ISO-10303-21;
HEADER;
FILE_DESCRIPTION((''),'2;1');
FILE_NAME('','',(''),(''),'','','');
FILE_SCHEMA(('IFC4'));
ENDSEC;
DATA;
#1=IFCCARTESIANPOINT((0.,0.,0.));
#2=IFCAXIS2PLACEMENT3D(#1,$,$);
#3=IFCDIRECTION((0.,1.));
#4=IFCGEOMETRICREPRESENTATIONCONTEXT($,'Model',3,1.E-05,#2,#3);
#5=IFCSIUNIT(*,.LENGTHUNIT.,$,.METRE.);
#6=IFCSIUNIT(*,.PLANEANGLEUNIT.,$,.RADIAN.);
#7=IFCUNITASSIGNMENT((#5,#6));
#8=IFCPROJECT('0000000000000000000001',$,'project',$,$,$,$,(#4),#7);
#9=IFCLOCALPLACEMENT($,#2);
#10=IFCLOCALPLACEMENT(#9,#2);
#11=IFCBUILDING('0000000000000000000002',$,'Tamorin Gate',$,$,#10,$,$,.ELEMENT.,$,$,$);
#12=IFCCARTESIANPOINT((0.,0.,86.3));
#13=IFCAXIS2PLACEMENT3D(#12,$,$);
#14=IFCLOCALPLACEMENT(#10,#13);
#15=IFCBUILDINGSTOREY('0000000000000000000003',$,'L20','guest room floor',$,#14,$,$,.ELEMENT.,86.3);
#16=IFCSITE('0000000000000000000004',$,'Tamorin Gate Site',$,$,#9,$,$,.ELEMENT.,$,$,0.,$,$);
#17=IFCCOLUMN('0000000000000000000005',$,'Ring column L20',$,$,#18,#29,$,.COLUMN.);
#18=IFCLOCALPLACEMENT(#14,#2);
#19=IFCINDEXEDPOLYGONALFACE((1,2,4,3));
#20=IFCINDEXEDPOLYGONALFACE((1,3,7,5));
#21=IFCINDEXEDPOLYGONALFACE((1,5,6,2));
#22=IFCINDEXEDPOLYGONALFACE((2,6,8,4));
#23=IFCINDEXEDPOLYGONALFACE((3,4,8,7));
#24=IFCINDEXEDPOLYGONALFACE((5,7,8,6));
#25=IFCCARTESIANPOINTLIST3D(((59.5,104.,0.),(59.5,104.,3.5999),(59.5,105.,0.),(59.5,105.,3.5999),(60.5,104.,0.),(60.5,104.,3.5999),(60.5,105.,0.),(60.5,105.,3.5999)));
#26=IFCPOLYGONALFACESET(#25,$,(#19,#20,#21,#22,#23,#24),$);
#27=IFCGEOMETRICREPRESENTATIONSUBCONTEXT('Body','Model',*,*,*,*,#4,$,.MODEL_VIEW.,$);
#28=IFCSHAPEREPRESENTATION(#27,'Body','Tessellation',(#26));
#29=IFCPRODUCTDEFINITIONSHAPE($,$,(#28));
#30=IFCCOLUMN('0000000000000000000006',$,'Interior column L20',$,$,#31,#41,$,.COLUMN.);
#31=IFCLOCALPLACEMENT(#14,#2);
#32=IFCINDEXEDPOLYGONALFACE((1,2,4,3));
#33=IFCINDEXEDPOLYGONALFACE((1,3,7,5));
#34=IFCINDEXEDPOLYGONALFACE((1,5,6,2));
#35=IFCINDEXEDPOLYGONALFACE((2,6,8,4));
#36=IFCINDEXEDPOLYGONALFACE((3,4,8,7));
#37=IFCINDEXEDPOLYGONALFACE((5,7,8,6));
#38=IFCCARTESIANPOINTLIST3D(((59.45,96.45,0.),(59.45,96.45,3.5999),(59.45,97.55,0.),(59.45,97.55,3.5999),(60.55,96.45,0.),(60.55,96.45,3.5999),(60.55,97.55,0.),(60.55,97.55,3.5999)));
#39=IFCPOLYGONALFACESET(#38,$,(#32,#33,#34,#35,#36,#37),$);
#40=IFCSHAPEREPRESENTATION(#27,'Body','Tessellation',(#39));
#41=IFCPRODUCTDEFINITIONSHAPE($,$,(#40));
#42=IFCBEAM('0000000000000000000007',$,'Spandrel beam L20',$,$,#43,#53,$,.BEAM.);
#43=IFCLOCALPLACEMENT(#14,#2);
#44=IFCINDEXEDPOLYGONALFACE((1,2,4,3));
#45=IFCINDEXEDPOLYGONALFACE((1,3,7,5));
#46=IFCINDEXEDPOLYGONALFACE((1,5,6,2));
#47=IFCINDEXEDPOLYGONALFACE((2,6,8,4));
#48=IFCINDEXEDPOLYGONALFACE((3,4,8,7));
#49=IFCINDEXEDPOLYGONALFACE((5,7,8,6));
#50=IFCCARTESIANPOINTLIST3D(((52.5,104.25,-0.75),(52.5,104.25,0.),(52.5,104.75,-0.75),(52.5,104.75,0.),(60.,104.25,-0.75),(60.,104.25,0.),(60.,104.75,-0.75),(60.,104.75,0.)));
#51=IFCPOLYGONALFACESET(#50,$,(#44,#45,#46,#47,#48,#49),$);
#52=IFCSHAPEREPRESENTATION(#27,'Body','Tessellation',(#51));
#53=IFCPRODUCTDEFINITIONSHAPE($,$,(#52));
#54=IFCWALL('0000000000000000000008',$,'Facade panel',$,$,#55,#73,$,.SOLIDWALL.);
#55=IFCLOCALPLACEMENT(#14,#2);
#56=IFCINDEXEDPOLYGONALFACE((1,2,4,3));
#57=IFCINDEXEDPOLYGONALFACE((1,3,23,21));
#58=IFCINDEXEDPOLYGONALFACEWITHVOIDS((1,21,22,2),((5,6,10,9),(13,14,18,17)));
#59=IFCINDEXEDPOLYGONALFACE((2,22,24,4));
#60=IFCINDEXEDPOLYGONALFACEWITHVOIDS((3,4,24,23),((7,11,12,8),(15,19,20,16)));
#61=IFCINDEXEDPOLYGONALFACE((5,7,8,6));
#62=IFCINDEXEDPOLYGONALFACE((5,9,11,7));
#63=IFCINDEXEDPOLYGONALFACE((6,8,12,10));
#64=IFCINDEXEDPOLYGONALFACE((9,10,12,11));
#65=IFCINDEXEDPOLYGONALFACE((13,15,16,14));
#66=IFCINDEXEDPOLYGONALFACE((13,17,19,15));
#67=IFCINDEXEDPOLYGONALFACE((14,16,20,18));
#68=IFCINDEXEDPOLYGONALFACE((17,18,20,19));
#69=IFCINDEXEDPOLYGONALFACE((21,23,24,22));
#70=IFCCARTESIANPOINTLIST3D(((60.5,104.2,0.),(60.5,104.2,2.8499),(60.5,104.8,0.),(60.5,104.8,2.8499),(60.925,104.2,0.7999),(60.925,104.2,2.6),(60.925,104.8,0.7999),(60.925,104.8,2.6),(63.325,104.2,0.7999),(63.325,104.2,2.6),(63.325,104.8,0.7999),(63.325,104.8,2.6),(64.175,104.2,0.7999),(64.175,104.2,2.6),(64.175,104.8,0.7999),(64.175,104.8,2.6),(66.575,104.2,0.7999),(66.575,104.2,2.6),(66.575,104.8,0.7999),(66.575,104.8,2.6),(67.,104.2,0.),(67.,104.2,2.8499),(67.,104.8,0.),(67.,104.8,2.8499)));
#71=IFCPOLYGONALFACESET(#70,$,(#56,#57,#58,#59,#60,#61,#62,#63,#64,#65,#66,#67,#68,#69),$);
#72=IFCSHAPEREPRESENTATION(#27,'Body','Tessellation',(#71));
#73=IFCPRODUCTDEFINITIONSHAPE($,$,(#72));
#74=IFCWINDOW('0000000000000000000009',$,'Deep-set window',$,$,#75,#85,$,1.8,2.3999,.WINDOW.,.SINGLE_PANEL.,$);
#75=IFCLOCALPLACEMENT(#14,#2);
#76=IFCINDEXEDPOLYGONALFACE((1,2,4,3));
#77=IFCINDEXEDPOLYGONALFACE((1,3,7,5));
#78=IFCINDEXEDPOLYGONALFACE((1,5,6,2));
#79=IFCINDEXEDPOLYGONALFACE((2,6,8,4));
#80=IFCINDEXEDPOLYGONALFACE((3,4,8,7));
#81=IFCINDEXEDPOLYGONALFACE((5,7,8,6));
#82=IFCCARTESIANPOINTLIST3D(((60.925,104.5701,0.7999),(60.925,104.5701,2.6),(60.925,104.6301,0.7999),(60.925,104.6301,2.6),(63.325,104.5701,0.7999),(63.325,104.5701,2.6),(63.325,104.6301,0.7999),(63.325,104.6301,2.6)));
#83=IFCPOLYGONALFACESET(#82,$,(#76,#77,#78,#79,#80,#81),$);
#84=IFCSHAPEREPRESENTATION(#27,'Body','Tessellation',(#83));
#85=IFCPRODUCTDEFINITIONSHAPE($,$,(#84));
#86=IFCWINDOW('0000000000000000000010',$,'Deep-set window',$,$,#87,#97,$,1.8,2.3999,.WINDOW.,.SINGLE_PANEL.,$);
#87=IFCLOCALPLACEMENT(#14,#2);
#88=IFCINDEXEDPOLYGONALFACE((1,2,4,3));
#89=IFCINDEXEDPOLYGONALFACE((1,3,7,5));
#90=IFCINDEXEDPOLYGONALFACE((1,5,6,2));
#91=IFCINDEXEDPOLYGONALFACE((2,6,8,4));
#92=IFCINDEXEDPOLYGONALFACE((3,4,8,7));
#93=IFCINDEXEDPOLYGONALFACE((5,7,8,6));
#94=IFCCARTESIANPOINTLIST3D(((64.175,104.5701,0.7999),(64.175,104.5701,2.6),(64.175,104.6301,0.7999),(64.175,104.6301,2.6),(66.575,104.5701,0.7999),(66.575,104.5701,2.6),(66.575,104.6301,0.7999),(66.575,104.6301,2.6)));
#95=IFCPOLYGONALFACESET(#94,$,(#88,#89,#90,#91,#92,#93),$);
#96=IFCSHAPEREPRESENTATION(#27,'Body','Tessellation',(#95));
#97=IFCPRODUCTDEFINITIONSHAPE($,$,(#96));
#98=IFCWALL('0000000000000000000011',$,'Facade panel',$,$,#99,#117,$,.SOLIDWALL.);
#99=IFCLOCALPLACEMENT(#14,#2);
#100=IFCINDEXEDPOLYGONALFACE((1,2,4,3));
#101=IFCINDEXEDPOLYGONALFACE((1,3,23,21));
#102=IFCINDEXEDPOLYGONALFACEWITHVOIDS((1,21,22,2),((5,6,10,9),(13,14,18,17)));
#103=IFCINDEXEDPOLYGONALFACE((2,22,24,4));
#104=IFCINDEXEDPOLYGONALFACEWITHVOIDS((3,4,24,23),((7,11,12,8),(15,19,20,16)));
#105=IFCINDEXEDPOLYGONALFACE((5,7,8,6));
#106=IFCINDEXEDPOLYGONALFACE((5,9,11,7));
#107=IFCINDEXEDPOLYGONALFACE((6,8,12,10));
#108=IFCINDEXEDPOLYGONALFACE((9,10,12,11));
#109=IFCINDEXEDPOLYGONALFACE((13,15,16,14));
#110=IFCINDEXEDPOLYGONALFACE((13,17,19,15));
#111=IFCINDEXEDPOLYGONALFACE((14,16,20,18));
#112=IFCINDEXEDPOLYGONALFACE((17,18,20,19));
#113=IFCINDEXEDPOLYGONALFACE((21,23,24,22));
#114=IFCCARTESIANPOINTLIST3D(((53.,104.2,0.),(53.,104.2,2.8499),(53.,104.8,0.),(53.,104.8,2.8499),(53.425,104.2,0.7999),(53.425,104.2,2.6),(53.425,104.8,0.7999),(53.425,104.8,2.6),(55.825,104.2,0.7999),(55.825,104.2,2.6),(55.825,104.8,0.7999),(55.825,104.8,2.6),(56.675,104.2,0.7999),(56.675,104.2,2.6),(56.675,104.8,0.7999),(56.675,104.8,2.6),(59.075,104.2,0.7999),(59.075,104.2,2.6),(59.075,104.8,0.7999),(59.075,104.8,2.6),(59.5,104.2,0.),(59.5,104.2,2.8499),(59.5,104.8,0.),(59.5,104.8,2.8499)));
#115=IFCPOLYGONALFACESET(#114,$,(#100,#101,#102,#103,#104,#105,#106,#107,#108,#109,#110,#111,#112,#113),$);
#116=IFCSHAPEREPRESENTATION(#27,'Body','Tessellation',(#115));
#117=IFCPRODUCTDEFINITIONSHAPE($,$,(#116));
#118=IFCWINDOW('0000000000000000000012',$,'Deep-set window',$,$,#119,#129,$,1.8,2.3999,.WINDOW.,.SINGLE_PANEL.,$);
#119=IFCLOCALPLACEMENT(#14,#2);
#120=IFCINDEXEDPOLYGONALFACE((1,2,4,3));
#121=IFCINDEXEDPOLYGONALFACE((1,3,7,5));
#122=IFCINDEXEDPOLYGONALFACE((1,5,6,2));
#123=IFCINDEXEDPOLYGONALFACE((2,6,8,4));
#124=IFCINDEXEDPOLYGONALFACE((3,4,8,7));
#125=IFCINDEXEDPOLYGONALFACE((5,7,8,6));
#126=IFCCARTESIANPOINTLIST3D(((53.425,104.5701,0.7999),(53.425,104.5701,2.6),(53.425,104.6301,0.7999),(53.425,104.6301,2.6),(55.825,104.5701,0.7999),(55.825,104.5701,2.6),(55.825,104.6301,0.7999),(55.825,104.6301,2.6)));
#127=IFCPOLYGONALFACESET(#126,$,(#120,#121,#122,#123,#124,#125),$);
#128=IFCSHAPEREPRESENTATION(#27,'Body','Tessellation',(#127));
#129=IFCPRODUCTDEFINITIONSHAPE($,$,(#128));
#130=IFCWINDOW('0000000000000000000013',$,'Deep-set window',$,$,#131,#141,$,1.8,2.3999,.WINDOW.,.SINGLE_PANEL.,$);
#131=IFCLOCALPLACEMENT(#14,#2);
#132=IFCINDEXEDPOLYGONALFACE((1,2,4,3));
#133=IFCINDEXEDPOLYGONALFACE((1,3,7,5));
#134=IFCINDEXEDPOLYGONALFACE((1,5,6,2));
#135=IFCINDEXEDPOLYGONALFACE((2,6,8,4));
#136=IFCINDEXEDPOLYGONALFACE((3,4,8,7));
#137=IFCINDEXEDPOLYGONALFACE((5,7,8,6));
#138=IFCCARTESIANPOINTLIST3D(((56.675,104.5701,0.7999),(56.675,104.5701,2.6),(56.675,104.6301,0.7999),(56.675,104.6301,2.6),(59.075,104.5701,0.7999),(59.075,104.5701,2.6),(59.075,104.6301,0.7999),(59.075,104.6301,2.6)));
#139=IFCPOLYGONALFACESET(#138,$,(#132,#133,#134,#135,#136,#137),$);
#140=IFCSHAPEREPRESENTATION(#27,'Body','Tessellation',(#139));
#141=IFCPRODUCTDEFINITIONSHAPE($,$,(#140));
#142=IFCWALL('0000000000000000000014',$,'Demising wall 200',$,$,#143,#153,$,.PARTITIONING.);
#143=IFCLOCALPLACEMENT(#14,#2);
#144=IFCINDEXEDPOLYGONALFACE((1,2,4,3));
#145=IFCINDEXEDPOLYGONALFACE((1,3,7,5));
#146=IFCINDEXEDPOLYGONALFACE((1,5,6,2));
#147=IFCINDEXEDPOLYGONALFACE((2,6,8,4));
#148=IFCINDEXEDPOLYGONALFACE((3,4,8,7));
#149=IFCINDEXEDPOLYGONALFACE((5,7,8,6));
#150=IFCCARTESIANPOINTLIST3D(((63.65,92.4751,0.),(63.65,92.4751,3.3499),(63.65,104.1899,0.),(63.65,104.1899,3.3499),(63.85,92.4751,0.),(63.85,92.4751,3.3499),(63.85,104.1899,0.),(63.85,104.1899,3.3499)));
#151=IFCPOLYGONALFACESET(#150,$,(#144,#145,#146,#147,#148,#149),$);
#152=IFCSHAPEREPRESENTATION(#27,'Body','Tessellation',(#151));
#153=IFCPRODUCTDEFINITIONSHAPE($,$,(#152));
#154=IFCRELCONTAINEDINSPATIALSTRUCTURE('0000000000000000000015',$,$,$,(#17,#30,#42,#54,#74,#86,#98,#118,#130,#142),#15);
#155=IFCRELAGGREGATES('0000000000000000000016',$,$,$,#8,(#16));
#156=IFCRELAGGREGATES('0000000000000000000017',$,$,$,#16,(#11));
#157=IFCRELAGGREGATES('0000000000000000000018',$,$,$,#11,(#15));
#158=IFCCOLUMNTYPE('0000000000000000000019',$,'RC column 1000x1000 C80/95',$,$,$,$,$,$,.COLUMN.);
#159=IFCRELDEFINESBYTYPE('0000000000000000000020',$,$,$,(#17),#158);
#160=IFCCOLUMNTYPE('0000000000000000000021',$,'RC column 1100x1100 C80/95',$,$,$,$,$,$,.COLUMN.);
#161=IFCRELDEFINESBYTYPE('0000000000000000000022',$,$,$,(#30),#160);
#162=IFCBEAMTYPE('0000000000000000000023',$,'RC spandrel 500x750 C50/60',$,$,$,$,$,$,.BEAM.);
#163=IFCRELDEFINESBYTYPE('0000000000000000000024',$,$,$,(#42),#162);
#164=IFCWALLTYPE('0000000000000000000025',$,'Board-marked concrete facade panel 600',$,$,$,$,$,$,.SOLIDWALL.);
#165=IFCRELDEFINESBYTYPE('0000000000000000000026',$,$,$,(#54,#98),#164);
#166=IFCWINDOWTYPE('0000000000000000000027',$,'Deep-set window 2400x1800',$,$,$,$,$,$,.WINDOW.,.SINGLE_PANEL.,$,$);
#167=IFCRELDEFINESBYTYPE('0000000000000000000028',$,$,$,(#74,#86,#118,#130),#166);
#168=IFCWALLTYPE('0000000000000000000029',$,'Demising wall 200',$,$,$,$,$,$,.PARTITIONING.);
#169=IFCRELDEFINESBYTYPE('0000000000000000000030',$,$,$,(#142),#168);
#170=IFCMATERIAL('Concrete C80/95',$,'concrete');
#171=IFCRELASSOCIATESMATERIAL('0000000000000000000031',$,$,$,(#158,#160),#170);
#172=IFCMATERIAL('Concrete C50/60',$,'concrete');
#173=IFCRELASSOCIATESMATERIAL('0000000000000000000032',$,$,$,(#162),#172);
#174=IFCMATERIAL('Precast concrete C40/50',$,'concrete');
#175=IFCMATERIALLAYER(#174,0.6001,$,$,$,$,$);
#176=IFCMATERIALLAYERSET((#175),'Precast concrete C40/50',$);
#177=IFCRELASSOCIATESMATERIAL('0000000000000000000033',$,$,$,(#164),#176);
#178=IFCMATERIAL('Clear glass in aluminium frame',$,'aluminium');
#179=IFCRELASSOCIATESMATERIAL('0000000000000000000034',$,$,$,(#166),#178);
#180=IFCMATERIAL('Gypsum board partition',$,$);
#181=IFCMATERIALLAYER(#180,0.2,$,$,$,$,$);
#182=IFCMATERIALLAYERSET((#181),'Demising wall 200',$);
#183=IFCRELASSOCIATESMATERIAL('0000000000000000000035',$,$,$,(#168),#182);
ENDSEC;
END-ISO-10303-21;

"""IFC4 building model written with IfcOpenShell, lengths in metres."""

from ifc_helpers import new_model, si_unit, direction, frame, frame_2d, origin, origin_2d, place, context, subcontext, project, spatial, rectangle, extrude, material, layer, layer_set, material_profile, profile_set, type_object, element, fill, save


model = new_model("IFC4")

# Units and contexts
model_context = context("Model", 3, precision=1e-05, world=origin(), true_north=direction((0.0, 1.0)))
body_context = subcontext(model_context, "Body", "Model", "MODEL_VIEW")
ifc_project = project(units=[si_unit("LENGTHUNIT", "METRE"), si_unit("PLANEANGLEUNIT", "RADIAN")], contexts=[model_context])

# Site, building, storey
site_placement = place(None, origin())
site = spatial("IfcSite", under=ifc_project, at=site_placement, Name="Tamorin Gate Site", CompositionType="ELEMENT", RefElevation=0.0)
building_placement = place(site_placement, origin())
building = spatial("IfcBuilding", under=site, at=building_placement, Name="Tamorin Gate", CompositionType="ELEMENT")
storey_placement = place(building_placement, frame((0.0, 0.0, 86.3)))
storey = spatial("IfcBuildingStorey", under=building, at=storey_placement, Name="L20", Description="guest room floor", CompositionType="ELEMENT", Elevation=86.3)

# Columns
ifc_material_1 = material(Name="Concrete C80/95", Category="concrete")
ifc_material_profile_1 = material_profile(ifc_material_1, rectangle(XDim=1.0, YDim=1.0, at=origin_2d()), Name="RC 1000x1000")
ifc_profile_set_1 = profile_set([ifc_material_profile_1], Name="Concrete C80/95")
column_type_1 = type_object("IfcColumnType", Name="RC column 1000x1000 C80/95", PredefinedType="COLUMN", material=ifc_profile_set_1)
column_1_placement = place(storey_placement, frame((60.0, 104.5, 0.0), z_axis=(0.0, 0.0, 1.0), x_axis=(1.0, 0.0, 0.0)))
element("IfcColumn", 1, at=column_1_placement, inside=storey, type_object=column_type_1, Name="Ring column L20", PredefinedType="COLUMN", context=body_context, shape_type="SweptSolid", body=[
    extrude(rectangle(XDim=1.0, YDim=1.0, at=origin_2d()), origin(), (0.0, 0.0, 1.0), 3.5999),
])
ifc_material_profile_2 = material_profile(ifc_material_1, rectangle(XDim=1.1001, YDim=1.1001, at=origin_2d()), Name="RC 1100x1100")
ifc_profile_set_2 = profile_set([ifc_material_profile_2], Name="Concrete C80/95")
column_type_2 = type_object("IfcColumnType", Name="RC column 1100x1100 C80/95", PredefinedType="COLUMN", material=ifc_profile_set_2)
column_2_placement = place(storey_placement, frame((60.0, 97.0, 0.0), z_axis=(0.0, 0.0, 1.0), x_axis=(1.0, 0.0, 0.0)))
element("IfcColumn", 2, at=column_2_placement, inside=storey, type_object=column_type_2, Name="Interior column L20", PredefinedType="COLUMN", context=body_context, shape_type="SweptSolid", body=[
    extrude(rectangle(XDim=1.1001, YDim=1.1001, at=origin_2d()), origin(), (0.0, 0.0, 1.0), 3.5999),
])

# Beam
ifc_material_2 = material(Name="Concrete C50/60", Category="concrete")
ifc_material_profile_3 = material_profile(ifc_material_2, rectangle(XDim=0.5, YDim=0.75, at=origin_2d()), Name="RC 500x750")
ifc_profile_set_3 = profile_set([ifc_material_profile_3], Name="Concrete C50/60")
beam_type = type_object("IfcBeamType", Name="RC spandrel 500x750 C50/60", PredefinedType="BEAM", material=ifc_profile_set_3)
beam_placement = place(storey_placement, frame((60.0, 104.5, -0.375), z_axis=(-1.0, 0.0, 0.0), x_axis=(0.0, -1.0, 0.0)))
element("IfcBeam", 3, at=beam_placement, inside=storey, type_object=beam_type, Name="Spandrel beam L20", PredefinedType="BEAM", context=body_context, shape_type="SweptSolid", body=[
    extrude(rectangle(XDim=0.5, YDim=0.75, at=origin_2d()), origin(), (0.0, 0.0, 1.0), 7.5),
])

# Walls, openings, windows
ifc_material_3 = material(Name="Precast concrete C40/50", Category="concrete")
ifc_layer_1 = layer(ifc_material_3, 0.6001)
ifc_layer_set_1 = layer_set([ifc_layer_1], Name="Precast concrete C40/50")
wall_type_1 = type_object("IfcWallType", Name="Board-marked concrete facade panel 600", PredefinedType="SOLIDWALL", material=ifc_layer_set_1)
wall_1_placement = place(storey_placement, frame((67.0, 104.5, 0.0), z_axis=(0.0, 0.0, 1.0), x_axis=(-1.0, 0.0, 0.0)))
wall_1 = element("IfcWall", 4, at=wall_1_placement, inside=storey, type_object=wall_type_1, Name="Facade panel", PredefinedType="SOLIDWALL", context=body_context, shape_type="SweptSolid", body=[
    extrude(rectangle(XDim=6.5, YDim=0.6001, at=frame_2d((3.25, 0.0))), origin(), (0.0, 0.0, 1.0), 2.8499),
])
opening_1_placement = place(wall_1_placement, frame((3.675, 0.0, 0.8)))
opening_1 = element("IfcOpeningElement", 5, at=opening_1_placement, cuts=wall_1, PredefinedType="OPENING", context=body_context, shape_type="SweptSolid", body=[
    extrude(rectangle(XDim=2.3999, YDim=1.8, at=frame_2d((1.2, 0.8999))), frame((0.0, 0.3101, 0.0), z_axis=(0.0, -1.0, 0.0), x_axis=(1.0, 0.0, 0.0)), (0.0, 0.0, 1.0), 0.6201),
])
opening_2_placement = place(wall_1_placement, frame((0.425, 0.0, 0.8)))
opening_2 = element("IfcOpeningElement", 6, at=opening_2_placement, cuts=wall_1, PredefinedType="OPENING", context=body_context, shape_type="SweptSolid", body=[
    extrude(rectangle(XDim=2.3999, YDim=1.8, at=frame_2d((1.2, 0.8999))), frame((0.0, 0.3101, 0.0), z_axis=(0.0, -1.0, 0.0), x_axis=(1.0, 0.0, 0.0)), (0.0, 0.0, 1.0), 0.6201),
])
ifc_material_4 = material(Name="Clear glass in aluminium frame", Category="aluminium")
window_type = type_object("IfcWindowType", Name="Deep-set window 2400x1800", PartitioningType="SINGLE_PANEL", PredefinedType="WINDOW", material=ifc_material_4)
window_1_placement = place(opening_1_placement, origin())
window_1 = element("IfcWindow", 7, at=window_1_placement, inside=storey, type_object=window_type, Name="Deep-set window", OverallHeight=1.8, OverallWidth=2.3999, PartitioningType="SINGLE_PANEL", PredefinedType="WINDOW", context=body_context, shape_type="SweptSolid", body=[
    extrude(rectangle(XDim=2.3999, YDim=1.8, at=frame_2d((1.2, 0.8999))), frame((0.0, -0.0701, 0.0), z_axis=(0.0, -1.0, 0.0), x_axis=(1.0, 0.0, 0.0)), (0.0, 0.0, 1.0), 0.0601),
])
fill(opening_1, window_1)
window_2_placement = place(opening_2_placement, origin())
window_2 = element("IfcWindow", 8, at=window_2_placement, inside=storey, type_object=window_type, Name="Deep-set window", OverallHeight=1.8, OverallWidth=2.3999, PartitioningType="SINGLE_PANEL", PredefinedType="WINDOW", context=body_context, shape_type="SweptSolid", body=[
    extrude(rectangle(XDim=2.3999, YDim=1.8, at=frame_2d((1.2, 0.8999))), frame((0.0, -0.0701, 0.0), z_axis=(0.0, -1.0, 0.0), x_axis=(1.0, 0.0, 0.0)), (0.0, 0.0, 1.0), 0.0601),
])
fill(opening_2, window_2)
wall_2_placement = place(storey_placement, frame((59.5, 104.5, 0.0), z_axis=(0.0, 0.0, 1.0), x_axis=(-1.0, 0.0, 0.0)))
wall_2 = element("IfcWall", 9, at=wall_2_placement, inside=storey, type_object=wall_type_1, Name="Facade panel", PredefinedType="SOLIDWALL", context=body_context, shape_type="SweptSolid", body=[
    extrude(rectangle(XDim=6.5, YDim=0.6001, at=frame_2d((3.25, 0.0))), origin(), (0.0, 0.0, 1.0), 2.8499),
])
opening_3_placement = place(wall_2_placement, frame((3.675, 0.0, 0.8)))
opening_3 = element("IfcOpeningElement", 10, at=opening_3_placement, cuts=wall_2, PredefinedType="OPENING", context=body_context, shape_type="SweptSolid", body=[
    extrude(rectangle(XDim=2.3999, YDim=1.8, at=frame_2d((1.2, 0.8999))), frame((0.0, 0.3101, 0.0), z_axis=(0.0, -1.0, 0.0), x_axis=(1.0, 0.0, 0.0)), (0.0, 0.0, 1.0), 0.6201),
])
opening_4_placement = place(wall_2_placement, frame((0.425, 0.0, 0.8)))
opening_4 = element("IfcOpeningElement", 11, at=opening_4_placement, cuts=wall_2, PredefinedType="OPENING", context=body_context, shape_type="SweptSolid", body=[
    extrude(rectangle(XDim=2.3999, YDim=1.8, at=frame_2d((1.2, 0.8999))), frame((0.0, 0.3101, 0.0), z_axis=(0.0, -1.0, 0.0), x_axis=(1.0, 0.0, 0.0)), (0.0, 0.0, 1.0), 0.6201),
])
window_3_placement = place(opening_3_placement, origin())
window_3 = element("IfcWindow", 12, at=window_3_placement, inside=storey, type_object=window_type, Name="Deep-set window", OverallHeight=1.8, OverallWidth=2.3999, PartitioningType="SINGLE_PANEL", PredefinedType="WINDOW", context=body_context, shape_type="SweptSolid", body=[
    extrude(rectangle(XDim=2.3999, YDim=1.8, at=frame_2d((1.2, 0.8999))), frame((0.0, -0.0701, 0.0), z_axis=(0.0, -1.0, 0.0), x_axis=(1.0, 0.0, 0.0)), (0.0, 0.0, 1.0), 0.0601),
])
fill(opening_3, window_3)
window_4_placement = place(opening_4_placement, origin())
window_4 = element("IfcWindow", 13, at=window_4_placement, inside=storey, type_object=window_type, Name="Deep-set window", OverallHeight=1.8, OverallWidth=2.3999, PartitioningType="SINGLE_PANEL", PredefinedType="WINDOW", context=body_context, shape_type="SweptSolid", body=[
    extrude(rectangle(XDim=2.3999, YDim=1.8, at=frame_2d((1.2, 0.8999))), frame((0.0, -0.0701, 0.0), z_axis=(0.0, -1.0, 0.0), x_axis=(1.0, 0.0, 0.0)), (0.0, 0.0, 1.0), 0.0601),
])
fill(opening_4, window_4)

# Wall
ifc_material_5 = material(Name="Gypsum board partition")
ifc_layer_2 = layer(ifc_material_5, 0.2)
ifc_layer_set_2 = layer_set([ifc_layer_2], Name="Demising wall 200")
wall_type_2 = type_object("IfcWallType", Name="Demising wall 200", PredefinedType="PARTITIONING", material=ifc_layer_set_2)
wall_3_placement = place(storey_placement, frame((63.75, 92.4751, 0.0), z_axis=(0.0, 0.0, 1.0), x_axis=(0.0, 1.0, 0.0)))
element("IfcWall", 14, at=wall_3_placement, inside=storey, type_object=wall_type_2, Name="Demising wall 200", PredefinedType="PARTITIONING", context=body_context, shape_type="SweptSolid", body=[
    extrude(rectangle(XDim=11.7148, YDim=0.2, at=frame_2d((5.8574, 0.0))), origin(), (0.0, 0.0, 1.0), 3.3499),
])

save(model, "model.ifc")
